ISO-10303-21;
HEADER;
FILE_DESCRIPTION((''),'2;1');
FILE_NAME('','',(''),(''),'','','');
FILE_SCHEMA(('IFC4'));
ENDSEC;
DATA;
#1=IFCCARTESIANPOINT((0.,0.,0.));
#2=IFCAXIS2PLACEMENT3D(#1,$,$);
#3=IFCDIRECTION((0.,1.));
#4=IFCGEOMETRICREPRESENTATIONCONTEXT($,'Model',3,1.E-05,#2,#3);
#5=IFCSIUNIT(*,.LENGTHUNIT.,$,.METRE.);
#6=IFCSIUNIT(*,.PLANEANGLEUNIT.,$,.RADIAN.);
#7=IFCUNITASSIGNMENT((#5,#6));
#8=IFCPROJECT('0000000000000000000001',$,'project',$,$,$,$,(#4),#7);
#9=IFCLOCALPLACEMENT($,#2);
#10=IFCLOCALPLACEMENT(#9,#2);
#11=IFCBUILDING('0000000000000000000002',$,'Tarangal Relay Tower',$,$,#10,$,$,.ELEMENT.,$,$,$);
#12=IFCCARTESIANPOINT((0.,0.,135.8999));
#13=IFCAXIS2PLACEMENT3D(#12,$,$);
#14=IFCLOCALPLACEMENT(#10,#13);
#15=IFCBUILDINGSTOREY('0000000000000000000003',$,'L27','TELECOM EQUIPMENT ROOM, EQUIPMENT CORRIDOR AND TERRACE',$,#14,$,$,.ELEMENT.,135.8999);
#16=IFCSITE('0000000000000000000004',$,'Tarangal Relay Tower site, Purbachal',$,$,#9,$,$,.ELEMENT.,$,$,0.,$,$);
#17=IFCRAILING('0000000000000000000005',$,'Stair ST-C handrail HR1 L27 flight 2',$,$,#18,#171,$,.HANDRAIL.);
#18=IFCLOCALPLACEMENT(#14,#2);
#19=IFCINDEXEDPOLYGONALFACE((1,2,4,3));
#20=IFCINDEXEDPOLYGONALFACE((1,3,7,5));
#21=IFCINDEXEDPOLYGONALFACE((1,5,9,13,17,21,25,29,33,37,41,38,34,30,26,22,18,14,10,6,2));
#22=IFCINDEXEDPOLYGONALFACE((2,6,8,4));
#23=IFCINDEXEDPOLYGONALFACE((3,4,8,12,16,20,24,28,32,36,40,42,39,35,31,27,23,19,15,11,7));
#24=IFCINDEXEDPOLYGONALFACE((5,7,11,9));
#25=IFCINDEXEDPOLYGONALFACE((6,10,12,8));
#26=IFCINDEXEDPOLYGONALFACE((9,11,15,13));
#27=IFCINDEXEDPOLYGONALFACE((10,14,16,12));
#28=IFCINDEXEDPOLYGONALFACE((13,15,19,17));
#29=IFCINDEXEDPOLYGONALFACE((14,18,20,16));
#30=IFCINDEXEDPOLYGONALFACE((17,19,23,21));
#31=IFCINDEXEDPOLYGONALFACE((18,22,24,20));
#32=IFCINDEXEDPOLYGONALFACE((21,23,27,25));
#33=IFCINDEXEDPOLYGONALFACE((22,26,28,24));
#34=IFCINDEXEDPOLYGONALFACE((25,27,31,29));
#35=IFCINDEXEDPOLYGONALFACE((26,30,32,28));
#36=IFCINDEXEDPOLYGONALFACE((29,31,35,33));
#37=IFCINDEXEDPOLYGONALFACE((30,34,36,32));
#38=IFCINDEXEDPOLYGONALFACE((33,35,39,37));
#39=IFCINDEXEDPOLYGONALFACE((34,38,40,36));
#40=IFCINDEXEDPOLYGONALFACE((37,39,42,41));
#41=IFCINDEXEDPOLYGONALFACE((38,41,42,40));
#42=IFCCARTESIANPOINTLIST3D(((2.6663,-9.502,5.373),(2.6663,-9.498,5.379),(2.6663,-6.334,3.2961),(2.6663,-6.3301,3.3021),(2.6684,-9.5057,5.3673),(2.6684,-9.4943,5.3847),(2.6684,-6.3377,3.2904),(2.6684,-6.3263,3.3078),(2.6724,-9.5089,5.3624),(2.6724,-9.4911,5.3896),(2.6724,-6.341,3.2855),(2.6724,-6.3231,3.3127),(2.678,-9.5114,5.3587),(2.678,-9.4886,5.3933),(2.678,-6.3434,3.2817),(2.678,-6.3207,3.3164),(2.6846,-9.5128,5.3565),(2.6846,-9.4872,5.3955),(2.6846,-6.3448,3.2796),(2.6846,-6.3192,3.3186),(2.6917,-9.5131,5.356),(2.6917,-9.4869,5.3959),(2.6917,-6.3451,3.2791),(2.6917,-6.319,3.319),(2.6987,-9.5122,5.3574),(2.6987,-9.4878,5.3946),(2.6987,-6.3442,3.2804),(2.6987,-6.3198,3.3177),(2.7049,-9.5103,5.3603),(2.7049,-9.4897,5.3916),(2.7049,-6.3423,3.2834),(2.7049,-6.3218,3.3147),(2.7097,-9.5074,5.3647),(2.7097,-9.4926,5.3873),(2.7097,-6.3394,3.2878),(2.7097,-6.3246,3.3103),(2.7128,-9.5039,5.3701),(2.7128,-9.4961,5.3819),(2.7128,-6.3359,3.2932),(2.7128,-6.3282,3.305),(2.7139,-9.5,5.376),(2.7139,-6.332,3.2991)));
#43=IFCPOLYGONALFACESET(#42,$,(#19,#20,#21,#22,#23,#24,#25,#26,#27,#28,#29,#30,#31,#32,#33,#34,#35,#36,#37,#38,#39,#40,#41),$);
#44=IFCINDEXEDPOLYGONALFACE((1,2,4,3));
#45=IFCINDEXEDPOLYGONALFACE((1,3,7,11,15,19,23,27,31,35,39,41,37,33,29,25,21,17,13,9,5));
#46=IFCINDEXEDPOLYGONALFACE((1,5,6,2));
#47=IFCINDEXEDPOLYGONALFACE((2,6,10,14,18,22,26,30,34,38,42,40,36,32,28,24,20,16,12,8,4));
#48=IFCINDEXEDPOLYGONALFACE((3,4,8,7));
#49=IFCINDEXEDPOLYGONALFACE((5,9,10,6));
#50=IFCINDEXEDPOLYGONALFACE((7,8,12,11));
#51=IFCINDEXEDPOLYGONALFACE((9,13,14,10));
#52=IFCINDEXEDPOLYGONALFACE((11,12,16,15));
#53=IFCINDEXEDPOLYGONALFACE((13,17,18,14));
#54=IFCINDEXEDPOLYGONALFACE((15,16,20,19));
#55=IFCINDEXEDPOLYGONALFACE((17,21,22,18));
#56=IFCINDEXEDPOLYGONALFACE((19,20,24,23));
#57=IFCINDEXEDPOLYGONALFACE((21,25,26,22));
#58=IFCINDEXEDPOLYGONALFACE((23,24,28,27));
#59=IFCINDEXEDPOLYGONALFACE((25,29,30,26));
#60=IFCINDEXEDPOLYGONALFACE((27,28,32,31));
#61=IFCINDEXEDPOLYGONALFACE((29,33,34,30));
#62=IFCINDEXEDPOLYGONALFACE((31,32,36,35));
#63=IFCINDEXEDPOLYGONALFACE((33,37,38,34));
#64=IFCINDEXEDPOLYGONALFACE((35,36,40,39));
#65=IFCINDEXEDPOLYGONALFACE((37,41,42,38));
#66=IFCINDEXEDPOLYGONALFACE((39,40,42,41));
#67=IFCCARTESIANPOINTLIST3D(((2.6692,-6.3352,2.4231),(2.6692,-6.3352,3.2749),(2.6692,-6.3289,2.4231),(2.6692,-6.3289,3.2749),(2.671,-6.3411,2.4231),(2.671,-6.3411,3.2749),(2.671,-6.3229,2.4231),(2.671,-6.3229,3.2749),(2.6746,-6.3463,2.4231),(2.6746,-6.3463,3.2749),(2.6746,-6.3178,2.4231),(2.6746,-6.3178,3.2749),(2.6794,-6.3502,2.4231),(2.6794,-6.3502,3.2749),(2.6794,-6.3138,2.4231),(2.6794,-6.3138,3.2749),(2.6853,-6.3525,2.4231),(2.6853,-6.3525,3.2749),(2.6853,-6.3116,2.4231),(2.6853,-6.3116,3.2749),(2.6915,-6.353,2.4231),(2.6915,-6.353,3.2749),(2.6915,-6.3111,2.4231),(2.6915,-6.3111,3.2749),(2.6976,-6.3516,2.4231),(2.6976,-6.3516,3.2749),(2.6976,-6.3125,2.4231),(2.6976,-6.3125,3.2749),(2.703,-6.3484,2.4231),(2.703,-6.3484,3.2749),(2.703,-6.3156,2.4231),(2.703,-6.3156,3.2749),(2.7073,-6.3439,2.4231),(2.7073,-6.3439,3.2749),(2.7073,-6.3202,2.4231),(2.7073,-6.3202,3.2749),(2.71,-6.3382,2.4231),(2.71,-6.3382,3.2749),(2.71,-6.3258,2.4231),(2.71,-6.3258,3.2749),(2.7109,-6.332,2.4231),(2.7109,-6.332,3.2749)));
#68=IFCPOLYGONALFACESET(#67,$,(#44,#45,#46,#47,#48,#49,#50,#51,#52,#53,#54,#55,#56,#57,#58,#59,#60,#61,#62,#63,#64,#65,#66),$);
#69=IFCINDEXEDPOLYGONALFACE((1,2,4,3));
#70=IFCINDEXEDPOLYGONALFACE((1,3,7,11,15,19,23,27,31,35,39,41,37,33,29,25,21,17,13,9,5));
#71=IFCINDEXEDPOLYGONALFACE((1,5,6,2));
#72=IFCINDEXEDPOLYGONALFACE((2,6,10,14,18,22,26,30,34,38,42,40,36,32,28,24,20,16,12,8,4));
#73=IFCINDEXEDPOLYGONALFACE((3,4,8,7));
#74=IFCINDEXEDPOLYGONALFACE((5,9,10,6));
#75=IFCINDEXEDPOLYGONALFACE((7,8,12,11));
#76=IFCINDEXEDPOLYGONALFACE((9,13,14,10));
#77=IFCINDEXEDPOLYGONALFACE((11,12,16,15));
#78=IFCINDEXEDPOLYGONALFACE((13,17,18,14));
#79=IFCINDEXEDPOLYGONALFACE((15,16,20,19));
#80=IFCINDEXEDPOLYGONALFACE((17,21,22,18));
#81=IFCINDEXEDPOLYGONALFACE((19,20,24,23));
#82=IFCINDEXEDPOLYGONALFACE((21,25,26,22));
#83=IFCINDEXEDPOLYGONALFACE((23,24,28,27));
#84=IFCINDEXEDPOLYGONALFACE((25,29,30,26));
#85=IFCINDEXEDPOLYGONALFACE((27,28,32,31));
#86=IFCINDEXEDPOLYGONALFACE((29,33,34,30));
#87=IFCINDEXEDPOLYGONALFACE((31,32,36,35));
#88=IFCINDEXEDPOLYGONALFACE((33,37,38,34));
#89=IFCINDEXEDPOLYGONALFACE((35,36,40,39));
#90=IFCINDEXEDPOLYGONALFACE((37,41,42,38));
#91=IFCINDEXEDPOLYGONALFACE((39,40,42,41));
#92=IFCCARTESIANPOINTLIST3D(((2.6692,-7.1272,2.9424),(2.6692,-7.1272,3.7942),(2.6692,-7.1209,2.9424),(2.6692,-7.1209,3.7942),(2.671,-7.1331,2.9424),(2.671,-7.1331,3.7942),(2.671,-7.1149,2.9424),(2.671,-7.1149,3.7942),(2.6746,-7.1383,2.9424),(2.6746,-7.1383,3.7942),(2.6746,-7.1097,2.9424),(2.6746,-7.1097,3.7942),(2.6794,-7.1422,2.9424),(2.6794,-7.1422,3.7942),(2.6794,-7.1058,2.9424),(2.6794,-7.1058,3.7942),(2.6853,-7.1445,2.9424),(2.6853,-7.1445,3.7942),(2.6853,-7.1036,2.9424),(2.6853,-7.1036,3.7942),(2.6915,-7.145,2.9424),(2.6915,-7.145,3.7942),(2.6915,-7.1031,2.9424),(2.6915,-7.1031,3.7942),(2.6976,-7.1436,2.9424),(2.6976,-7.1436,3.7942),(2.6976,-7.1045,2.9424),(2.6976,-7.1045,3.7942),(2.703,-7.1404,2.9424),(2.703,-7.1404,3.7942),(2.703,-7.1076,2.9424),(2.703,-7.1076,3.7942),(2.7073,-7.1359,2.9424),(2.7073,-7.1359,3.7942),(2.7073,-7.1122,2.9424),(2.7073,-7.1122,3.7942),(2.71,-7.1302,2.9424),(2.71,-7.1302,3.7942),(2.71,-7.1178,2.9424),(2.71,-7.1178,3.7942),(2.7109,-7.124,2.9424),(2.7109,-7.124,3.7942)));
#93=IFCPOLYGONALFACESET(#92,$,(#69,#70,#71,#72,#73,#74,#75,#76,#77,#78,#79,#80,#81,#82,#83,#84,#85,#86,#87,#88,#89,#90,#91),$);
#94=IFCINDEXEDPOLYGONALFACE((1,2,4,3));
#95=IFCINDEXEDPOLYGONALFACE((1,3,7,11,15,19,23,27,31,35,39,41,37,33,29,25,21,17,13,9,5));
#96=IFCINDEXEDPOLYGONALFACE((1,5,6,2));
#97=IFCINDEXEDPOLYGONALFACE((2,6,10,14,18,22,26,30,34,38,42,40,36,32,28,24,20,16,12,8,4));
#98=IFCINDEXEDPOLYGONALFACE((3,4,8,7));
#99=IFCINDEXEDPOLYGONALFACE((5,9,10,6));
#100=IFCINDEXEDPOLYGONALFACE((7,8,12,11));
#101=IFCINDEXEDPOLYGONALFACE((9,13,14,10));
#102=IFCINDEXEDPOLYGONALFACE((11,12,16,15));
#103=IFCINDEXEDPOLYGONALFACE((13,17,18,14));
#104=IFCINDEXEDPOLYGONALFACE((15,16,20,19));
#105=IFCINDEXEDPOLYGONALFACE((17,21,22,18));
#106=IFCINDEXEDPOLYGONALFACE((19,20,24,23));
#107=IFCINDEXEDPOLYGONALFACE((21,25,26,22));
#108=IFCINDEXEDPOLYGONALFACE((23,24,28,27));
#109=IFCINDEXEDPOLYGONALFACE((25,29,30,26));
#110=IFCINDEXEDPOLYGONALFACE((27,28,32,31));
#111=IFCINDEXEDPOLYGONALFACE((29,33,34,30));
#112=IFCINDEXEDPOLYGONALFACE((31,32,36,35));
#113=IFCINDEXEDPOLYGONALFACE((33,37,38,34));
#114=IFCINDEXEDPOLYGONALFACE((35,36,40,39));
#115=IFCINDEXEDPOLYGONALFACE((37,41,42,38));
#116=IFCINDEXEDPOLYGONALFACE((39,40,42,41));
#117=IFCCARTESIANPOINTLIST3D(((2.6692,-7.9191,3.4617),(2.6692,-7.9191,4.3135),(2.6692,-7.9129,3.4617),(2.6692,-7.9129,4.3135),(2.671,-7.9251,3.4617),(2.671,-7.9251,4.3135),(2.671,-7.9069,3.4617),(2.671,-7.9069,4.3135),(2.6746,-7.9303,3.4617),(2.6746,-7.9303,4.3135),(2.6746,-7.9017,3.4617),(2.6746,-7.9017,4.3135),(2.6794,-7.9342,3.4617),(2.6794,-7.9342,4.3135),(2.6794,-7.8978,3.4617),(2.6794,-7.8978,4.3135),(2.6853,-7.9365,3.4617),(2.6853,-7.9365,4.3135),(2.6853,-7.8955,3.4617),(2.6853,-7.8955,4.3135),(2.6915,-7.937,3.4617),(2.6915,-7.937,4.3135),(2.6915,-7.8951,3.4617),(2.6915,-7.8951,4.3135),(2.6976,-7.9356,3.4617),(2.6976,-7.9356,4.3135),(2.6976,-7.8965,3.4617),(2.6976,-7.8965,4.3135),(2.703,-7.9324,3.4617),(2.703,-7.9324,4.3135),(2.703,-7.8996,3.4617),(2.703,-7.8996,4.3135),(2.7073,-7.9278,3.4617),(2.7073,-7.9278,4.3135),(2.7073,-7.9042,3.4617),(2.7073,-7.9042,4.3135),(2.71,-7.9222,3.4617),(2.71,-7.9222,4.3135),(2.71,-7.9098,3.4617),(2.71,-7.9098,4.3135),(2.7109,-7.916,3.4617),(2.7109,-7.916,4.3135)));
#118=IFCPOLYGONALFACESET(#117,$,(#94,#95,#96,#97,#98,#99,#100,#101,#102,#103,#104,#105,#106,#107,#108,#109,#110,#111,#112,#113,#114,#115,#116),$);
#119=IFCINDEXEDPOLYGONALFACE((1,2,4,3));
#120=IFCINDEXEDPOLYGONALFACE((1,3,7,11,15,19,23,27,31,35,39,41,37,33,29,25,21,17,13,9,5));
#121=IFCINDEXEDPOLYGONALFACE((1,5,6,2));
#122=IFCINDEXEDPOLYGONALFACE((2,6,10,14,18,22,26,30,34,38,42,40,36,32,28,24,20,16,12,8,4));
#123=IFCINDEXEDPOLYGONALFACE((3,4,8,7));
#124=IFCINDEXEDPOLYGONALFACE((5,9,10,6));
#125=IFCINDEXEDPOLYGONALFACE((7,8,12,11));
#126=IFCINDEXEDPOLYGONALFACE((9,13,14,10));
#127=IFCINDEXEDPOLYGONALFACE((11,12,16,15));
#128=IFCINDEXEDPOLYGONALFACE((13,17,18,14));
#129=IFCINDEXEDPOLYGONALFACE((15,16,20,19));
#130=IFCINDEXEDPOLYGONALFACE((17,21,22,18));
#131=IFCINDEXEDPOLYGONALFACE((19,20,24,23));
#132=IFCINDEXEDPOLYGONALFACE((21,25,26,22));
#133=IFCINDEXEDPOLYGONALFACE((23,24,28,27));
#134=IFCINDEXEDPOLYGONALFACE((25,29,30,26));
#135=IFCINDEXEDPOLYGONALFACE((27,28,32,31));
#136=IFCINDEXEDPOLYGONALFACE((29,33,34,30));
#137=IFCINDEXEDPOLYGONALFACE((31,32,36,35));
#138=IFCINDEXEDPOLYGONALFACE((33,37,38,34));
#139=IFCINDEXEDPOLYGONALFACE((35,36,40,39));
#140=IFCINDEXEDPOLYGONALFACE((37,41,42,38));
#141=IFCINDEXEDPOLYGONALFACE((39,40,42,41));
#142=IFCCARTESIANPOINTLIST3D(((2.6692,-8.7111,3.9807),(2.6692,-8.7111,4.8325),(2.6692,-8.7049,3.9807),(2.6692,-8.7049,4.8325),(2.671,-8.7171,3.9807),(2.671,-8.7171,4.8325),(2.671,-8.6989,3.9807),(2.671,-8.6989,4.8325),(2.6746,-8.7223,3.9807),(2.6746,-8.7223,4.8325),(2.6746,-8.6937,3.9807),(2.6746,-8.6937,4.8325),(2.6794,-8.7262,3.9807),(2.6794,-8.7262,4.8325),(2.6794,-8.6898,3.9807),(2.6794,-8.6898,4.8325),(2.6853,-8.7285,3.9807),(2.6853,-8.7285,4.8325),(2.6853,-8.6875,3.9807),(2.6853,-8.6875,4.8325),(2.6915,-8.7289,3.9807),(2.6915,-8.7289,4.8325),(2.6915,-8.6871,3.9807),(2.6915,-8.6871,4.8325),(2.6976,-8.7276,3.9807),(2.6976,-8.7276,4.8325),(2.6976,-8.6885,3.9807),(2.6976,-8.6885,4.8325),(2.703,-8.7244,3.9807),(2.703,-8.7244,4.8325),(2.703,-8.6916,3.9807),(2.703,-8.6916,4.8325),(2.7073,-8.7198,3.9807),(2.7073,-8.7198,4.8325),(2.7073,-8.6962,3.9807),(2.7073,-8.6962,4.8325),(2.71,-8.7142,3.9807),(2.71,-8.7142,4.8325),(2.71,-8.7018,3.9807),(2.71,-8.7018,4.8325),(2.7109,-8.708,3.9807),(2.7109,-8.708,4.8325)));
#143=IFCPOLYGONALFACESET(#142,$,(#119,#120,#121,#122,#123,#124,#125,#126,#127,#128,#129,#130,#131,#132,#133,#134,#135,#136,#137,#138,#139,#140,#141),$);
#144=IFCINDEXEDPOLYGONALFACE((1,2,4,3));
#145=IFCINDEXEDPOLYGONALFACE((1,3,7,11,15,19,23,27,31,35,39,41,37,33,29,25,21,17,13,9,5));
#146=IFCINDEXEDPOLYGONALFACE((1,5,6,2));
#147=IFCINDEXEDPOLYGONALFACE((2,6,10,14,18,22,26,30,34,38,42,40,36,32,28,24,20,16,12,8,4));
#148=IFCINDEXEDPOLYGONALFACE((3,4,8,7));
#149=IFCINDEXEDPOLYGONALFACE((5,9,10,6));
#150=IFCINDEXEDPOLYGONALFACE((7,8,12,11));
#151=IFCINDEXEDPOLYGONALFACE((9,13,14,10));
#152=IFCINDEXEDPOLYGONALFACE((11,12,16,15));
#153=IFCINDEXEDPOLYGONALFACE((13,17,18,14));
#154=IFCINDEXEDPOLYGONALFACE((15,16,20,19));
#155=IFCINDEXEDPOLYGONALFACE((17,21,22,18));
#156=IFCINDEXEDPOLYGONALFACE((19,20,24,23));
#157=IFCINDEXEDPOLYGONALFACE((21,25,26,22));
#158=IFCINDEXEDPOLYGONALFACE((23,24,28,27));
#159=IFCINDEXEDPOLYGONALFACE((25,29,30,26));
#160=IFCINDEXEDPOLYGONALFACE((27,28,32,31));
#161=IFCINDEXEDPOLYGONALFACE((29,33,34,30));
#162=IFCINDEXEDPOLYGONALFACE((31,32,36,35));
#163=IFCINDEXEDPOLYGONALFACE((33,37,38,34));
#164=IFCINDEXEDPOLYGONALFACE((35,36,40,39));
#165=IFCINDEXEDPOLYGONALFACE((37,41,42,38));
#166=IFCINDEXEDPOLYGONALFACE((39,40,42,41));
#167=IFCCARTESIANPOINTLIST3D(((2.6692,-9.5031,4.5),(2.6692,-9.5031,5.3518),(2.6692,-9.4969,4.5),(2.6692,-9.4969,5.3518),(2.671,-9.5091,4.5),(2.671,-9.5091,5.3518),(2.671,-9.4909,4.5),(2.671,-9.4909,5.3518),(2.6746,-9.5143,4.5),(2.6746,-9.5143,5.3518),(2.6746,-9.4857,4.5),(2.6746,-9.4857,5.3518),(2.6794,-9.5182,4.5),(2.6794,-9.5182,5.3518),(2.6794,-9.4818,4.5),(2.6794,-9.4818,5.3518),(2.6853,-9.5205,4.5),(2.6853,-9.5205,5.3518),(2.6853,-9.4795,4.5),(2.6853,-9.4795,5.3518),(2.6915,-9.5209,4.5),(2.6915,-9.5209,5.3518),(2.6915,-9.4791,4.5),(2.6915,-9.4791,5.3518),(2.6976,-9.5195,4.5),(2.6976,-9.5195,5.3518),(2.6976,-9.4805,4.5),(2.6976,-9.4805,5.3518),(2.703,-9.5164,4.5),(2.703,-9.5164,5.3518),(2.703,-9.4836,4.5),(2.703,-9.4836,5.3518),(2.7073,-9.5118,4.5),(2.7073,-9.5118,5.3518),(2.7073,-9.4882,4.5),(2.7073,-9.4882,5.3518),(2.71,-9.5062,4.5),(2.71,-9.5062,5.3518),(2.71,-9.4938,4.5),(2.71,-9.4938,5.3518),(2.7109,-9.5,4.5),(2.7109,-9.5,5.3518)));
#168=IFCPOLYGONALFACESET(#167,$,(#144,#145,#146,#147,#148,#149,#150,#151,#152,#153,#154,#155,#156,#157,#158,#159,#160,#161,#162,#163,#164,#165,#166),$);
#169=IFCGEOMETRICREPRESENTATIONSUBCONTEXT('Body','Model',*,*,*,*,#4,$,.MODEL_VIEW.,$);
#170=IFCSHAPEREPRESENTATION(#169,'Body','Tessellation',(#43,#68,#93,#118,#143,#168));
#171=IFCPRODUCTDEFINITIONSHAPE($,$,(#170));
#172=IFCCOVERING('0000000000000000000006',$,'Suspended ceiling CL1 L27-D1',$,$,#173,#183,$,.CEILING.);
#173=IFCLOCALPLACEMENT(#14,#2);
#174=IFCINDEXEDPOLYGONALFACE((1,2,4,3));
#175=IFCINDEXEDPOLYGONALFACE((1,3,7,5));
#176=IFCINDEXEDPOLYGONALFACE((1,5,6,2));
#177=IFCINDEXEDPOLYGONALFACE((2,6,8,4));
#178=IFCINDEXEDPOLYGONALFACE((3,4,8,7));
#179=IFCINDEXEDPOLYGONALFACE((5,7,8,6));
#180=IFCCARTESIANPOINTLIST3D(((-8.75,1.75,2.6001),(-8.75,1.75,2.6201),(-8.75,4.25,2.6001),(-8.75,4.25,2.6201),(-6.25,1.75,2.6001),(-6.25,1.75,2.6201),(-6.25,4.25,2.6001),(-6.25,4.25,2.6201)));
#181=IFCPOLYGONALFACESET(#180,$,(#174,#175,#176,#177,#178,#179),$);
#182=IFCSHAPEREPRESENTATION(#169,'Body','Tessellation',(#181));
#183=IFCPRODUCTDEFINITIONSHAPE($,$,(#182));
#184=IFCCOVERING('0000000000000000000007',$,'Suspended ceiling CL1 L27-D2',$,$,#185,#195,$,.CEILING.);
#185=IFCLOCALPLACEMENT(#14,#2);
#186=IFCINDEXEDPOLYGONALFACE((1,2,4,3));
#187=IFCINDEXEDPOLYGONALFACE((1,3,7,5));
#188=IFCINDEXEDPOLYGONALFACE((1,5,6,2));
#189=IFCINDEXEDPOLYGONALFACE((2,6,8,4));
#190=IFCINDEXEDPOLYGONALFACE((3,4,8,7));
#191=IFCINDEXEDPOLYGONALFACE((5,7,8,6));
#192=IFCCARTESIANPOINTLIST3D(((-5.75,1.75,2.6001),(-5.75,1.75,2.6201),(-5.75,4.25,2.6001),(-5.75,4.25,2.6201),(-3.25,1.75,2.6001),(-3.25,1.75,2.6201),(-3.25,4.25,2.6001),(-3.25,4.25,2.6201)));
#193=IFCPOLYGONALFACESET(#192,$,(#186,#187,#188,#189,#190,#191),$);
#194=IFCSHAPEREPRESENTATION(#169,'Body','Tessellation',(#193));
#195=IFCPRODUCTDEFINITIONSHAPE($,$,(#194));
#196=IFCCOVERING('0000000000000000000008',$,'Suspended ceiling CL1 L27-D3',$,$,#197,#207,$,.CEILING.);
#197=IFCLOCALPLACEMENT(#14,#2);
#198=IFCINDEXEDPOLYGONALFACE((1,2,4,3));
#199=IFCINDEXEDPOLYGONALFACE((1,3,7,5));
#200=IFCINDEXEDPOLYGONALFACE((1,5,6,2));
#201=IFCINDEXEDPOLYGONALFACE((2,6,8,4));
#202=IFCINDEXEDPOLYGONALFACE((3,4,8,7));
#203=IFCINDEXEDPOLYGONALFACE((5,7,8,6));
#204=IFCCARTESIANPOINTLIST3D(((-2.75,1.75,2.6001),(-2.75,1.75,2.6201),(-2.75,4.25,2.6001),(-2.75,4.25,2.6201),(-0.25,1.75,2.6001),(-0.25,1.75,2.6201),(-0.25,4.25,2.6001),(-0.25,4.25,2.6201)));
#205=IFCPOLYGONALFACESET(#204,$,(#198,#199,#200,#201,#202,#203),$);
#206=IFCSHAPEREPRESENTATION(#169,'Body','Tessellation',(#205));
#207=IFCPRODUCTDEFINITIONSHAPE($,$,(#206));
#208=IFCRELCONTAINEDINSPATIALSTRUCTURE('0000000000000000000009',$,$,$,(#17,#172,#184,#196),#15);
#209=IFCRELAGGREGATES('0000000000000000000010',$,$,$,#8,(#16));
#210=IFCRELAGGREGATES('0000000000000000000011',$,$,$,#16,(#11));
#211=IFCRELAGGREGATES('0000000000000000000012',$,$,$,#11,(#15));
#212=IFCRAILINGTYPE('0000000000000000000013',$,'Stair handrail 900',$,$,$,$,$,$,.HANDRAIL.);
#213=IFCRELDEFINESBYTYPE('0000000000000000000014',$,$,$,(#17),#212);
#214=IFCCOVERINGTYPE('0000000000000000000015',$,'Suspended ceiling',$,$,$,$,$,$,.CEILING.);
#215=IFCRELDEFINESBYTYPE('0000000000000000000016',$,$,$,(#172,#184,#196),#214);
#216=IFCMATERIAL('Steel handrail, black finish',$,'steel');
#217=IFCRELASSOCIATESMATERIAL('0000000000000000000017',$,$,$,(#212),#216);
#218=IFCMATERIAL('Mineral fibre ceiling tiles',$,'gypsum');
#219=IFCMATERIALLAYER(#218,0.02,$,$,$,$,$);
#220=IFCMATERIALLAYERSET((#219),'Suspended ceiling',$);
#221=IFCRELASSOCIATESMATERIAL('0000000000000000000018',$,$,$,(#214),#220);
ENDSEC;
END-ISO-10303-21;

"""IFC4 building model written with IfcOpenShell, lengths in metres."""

from ifc_helpers import new_model, si_unit, direction, frame, origin, origin_2d, place, context, subcontext, project, spatial, polyline, circle, outline, extrude, material, layer, layer_set, type_object, element, save


model = new_model("IFC4")

# Units and contexts
model_context = context("Model", 3, precision=1e-05, world=origin(), true_north=direction((0.0, 1.0)))
body_context = subcontext(model_context, "Body", "Model", "MODEL_VIEW")
ifc_project = project(units=[si_unit("LENGTHUNIT", "METRE"), si_unit("PLANEANGLEUNIT", "RADIAN")], contexts=[model_context])

# Site, building, storey
site_placement = place(None, origin())
site = spatial("IfcSite", under=ifc_project, at=site_placement, Name="Tarangal Relay Tower site, Purbachal", CompositionType="ELEMENT", RefElevation=0.0)
building_placement = place(site_placement, origin())
building = spatial("IfcBuilding", under=site, at=building_placement, Name="Tarangal Relay Tower", CompositionType="ELEMENT")
storey_placement = place(building_placement, frame((0.0, 0.0, 135.8999)))
storey = spatial("IfcBuildingStorey", under=building, at=storey_placement, Name="L27", Description="TELECOM EQUIPMENT ROOM, EQUIPMENT CORRIDOR AND TERRACE", CompositionType="ELEMENT", Elevation=135.8999)

# Railing
ifc_material_1 = material(Name="Steel handrail, black finish", Category="steel")
railing_type_1 = type_object("IfcRailingType", Name="Stair handrail 900", PredefinedType="HANDRAIL", material=ifc_material_1)
railing_1_placement = place(storey_placement, frame((2.6899, -6.332, 2.4231)))
element("IfcRailing", 1, at=railing_1_placement, inside=storey, type_object=railing_type_1, Name="Stair ST-C handrail HR1 L27 flight 2", PredefinedType="HANDRAIL", context=body_context, shape_type="SweptSolid", body=[
    extrude(circle(Radius=0.0239, at=origin_2d()), frame((0.0, 0.0, 0.876), z_axis=(0.0, -0.836299, 0.548273), x_axis=(1.0, 0.0, 0.0)), (0.0, 0.0, 1.0), 3.7881),
    extrude(circle(Radius=0.021, at=origin_2d()), origin(), (0.0, 0.0, 1.0), 0.8518),
    extrude(circle(Radius=0.021, at=origin_2d()), frame((0.0, -0.792, 0.5193)), (0.0, 0.0, 1.0), 0.8518),
    extrude(circle(Radius=0.021, at=origin_2d()), frame((0.0, -1.584, 1.0386)), (0.0, 0.0, 1.0), 0.8518),
    extrude(circle(Radius=0.021, at=origin_2d()), frame((0.0, -2.376, 1.5576)), (0.0, 0.0, 1.0), 0.8518),
    extrude(circle(Radius=0.021, at=origin_2d()), frame((0.0, -3.168, 2.0769)), (0.0, 0.0, 1.0), 0.8518),
])

# Coverings
ifc_material_2 = material(Name="Mineral fibre ceiling tiles", Category="gypsum")
ifc_layer_1 = layer(ifc_material_2, 0.02)
ifc_layer_set_1 = layer_set([ifc_layer_1], Name="Suspended ceiling")
covering_type_1 = type_object("IfcCoveringType", Name="Suspended ceiling", PredefinedType="CEILING", material=ifc_layer_set_1)
covering_1_placement = place(storey_placement, frame((0.0, 0.0, 2.6001)))
element("IfcCovering", 2, at=covering_1_placement, inside=storey, type_object=covering_type_1, Name="Suspended ceiling CL1 L27-D1", PredefinedType="CEILING", context=body_context, shape_type="SweptSolid", body=[
    extrude(outline(polyline([(-8.75, 1.75), (-6.25, 1.75), (-6.25, 4.25), (-8.75, 4.25), (-8.75, 1.75)])), origin(), (0.0, 0.0, 1.0), 0.02),
])
covering_2_placement = place(storey_placement, frame((0.0, 0.0, 2.6001)))
element("IfcCovering", 3, at=covering_2_placement, inside=storey, type_object=covering_type_1, Name="Suspended ceiling CL1 L27-D2", PredefinedType="CEILING", context=body_context, shape_type="SweptSolid", body=[
    extrude(outline(polyline([(-5.75, 1.75), (-3.25, 1.75), (-3.25, 4.25), (-5.75, 4.25), (-5.75, 1.75)])), origin(), (0.0, 0.0, 1.0), 0.02),
])
covering_3_placement = place(storey_placement, frame((0.0, 0.0, 2.6001)))
element("IfcCovering", 4, at=covering_3_placement, inside=storey, type_object=covering_type_1, Name="Suspended ceiling CL1 L27-D3", PredefinedType="CEILING", context=body_context, shape_type="SweptSolid", body=[
    extrude(outline(polyline([(-2.75, 1.75), (-0.25, 1.75), (-0.25, 4.25), (-2.75, 4.25), (-2.75, 1.75)])), origin(), (0.0, 0.0, 1.0), 0.02),
])

save(model, "model.ifc")
